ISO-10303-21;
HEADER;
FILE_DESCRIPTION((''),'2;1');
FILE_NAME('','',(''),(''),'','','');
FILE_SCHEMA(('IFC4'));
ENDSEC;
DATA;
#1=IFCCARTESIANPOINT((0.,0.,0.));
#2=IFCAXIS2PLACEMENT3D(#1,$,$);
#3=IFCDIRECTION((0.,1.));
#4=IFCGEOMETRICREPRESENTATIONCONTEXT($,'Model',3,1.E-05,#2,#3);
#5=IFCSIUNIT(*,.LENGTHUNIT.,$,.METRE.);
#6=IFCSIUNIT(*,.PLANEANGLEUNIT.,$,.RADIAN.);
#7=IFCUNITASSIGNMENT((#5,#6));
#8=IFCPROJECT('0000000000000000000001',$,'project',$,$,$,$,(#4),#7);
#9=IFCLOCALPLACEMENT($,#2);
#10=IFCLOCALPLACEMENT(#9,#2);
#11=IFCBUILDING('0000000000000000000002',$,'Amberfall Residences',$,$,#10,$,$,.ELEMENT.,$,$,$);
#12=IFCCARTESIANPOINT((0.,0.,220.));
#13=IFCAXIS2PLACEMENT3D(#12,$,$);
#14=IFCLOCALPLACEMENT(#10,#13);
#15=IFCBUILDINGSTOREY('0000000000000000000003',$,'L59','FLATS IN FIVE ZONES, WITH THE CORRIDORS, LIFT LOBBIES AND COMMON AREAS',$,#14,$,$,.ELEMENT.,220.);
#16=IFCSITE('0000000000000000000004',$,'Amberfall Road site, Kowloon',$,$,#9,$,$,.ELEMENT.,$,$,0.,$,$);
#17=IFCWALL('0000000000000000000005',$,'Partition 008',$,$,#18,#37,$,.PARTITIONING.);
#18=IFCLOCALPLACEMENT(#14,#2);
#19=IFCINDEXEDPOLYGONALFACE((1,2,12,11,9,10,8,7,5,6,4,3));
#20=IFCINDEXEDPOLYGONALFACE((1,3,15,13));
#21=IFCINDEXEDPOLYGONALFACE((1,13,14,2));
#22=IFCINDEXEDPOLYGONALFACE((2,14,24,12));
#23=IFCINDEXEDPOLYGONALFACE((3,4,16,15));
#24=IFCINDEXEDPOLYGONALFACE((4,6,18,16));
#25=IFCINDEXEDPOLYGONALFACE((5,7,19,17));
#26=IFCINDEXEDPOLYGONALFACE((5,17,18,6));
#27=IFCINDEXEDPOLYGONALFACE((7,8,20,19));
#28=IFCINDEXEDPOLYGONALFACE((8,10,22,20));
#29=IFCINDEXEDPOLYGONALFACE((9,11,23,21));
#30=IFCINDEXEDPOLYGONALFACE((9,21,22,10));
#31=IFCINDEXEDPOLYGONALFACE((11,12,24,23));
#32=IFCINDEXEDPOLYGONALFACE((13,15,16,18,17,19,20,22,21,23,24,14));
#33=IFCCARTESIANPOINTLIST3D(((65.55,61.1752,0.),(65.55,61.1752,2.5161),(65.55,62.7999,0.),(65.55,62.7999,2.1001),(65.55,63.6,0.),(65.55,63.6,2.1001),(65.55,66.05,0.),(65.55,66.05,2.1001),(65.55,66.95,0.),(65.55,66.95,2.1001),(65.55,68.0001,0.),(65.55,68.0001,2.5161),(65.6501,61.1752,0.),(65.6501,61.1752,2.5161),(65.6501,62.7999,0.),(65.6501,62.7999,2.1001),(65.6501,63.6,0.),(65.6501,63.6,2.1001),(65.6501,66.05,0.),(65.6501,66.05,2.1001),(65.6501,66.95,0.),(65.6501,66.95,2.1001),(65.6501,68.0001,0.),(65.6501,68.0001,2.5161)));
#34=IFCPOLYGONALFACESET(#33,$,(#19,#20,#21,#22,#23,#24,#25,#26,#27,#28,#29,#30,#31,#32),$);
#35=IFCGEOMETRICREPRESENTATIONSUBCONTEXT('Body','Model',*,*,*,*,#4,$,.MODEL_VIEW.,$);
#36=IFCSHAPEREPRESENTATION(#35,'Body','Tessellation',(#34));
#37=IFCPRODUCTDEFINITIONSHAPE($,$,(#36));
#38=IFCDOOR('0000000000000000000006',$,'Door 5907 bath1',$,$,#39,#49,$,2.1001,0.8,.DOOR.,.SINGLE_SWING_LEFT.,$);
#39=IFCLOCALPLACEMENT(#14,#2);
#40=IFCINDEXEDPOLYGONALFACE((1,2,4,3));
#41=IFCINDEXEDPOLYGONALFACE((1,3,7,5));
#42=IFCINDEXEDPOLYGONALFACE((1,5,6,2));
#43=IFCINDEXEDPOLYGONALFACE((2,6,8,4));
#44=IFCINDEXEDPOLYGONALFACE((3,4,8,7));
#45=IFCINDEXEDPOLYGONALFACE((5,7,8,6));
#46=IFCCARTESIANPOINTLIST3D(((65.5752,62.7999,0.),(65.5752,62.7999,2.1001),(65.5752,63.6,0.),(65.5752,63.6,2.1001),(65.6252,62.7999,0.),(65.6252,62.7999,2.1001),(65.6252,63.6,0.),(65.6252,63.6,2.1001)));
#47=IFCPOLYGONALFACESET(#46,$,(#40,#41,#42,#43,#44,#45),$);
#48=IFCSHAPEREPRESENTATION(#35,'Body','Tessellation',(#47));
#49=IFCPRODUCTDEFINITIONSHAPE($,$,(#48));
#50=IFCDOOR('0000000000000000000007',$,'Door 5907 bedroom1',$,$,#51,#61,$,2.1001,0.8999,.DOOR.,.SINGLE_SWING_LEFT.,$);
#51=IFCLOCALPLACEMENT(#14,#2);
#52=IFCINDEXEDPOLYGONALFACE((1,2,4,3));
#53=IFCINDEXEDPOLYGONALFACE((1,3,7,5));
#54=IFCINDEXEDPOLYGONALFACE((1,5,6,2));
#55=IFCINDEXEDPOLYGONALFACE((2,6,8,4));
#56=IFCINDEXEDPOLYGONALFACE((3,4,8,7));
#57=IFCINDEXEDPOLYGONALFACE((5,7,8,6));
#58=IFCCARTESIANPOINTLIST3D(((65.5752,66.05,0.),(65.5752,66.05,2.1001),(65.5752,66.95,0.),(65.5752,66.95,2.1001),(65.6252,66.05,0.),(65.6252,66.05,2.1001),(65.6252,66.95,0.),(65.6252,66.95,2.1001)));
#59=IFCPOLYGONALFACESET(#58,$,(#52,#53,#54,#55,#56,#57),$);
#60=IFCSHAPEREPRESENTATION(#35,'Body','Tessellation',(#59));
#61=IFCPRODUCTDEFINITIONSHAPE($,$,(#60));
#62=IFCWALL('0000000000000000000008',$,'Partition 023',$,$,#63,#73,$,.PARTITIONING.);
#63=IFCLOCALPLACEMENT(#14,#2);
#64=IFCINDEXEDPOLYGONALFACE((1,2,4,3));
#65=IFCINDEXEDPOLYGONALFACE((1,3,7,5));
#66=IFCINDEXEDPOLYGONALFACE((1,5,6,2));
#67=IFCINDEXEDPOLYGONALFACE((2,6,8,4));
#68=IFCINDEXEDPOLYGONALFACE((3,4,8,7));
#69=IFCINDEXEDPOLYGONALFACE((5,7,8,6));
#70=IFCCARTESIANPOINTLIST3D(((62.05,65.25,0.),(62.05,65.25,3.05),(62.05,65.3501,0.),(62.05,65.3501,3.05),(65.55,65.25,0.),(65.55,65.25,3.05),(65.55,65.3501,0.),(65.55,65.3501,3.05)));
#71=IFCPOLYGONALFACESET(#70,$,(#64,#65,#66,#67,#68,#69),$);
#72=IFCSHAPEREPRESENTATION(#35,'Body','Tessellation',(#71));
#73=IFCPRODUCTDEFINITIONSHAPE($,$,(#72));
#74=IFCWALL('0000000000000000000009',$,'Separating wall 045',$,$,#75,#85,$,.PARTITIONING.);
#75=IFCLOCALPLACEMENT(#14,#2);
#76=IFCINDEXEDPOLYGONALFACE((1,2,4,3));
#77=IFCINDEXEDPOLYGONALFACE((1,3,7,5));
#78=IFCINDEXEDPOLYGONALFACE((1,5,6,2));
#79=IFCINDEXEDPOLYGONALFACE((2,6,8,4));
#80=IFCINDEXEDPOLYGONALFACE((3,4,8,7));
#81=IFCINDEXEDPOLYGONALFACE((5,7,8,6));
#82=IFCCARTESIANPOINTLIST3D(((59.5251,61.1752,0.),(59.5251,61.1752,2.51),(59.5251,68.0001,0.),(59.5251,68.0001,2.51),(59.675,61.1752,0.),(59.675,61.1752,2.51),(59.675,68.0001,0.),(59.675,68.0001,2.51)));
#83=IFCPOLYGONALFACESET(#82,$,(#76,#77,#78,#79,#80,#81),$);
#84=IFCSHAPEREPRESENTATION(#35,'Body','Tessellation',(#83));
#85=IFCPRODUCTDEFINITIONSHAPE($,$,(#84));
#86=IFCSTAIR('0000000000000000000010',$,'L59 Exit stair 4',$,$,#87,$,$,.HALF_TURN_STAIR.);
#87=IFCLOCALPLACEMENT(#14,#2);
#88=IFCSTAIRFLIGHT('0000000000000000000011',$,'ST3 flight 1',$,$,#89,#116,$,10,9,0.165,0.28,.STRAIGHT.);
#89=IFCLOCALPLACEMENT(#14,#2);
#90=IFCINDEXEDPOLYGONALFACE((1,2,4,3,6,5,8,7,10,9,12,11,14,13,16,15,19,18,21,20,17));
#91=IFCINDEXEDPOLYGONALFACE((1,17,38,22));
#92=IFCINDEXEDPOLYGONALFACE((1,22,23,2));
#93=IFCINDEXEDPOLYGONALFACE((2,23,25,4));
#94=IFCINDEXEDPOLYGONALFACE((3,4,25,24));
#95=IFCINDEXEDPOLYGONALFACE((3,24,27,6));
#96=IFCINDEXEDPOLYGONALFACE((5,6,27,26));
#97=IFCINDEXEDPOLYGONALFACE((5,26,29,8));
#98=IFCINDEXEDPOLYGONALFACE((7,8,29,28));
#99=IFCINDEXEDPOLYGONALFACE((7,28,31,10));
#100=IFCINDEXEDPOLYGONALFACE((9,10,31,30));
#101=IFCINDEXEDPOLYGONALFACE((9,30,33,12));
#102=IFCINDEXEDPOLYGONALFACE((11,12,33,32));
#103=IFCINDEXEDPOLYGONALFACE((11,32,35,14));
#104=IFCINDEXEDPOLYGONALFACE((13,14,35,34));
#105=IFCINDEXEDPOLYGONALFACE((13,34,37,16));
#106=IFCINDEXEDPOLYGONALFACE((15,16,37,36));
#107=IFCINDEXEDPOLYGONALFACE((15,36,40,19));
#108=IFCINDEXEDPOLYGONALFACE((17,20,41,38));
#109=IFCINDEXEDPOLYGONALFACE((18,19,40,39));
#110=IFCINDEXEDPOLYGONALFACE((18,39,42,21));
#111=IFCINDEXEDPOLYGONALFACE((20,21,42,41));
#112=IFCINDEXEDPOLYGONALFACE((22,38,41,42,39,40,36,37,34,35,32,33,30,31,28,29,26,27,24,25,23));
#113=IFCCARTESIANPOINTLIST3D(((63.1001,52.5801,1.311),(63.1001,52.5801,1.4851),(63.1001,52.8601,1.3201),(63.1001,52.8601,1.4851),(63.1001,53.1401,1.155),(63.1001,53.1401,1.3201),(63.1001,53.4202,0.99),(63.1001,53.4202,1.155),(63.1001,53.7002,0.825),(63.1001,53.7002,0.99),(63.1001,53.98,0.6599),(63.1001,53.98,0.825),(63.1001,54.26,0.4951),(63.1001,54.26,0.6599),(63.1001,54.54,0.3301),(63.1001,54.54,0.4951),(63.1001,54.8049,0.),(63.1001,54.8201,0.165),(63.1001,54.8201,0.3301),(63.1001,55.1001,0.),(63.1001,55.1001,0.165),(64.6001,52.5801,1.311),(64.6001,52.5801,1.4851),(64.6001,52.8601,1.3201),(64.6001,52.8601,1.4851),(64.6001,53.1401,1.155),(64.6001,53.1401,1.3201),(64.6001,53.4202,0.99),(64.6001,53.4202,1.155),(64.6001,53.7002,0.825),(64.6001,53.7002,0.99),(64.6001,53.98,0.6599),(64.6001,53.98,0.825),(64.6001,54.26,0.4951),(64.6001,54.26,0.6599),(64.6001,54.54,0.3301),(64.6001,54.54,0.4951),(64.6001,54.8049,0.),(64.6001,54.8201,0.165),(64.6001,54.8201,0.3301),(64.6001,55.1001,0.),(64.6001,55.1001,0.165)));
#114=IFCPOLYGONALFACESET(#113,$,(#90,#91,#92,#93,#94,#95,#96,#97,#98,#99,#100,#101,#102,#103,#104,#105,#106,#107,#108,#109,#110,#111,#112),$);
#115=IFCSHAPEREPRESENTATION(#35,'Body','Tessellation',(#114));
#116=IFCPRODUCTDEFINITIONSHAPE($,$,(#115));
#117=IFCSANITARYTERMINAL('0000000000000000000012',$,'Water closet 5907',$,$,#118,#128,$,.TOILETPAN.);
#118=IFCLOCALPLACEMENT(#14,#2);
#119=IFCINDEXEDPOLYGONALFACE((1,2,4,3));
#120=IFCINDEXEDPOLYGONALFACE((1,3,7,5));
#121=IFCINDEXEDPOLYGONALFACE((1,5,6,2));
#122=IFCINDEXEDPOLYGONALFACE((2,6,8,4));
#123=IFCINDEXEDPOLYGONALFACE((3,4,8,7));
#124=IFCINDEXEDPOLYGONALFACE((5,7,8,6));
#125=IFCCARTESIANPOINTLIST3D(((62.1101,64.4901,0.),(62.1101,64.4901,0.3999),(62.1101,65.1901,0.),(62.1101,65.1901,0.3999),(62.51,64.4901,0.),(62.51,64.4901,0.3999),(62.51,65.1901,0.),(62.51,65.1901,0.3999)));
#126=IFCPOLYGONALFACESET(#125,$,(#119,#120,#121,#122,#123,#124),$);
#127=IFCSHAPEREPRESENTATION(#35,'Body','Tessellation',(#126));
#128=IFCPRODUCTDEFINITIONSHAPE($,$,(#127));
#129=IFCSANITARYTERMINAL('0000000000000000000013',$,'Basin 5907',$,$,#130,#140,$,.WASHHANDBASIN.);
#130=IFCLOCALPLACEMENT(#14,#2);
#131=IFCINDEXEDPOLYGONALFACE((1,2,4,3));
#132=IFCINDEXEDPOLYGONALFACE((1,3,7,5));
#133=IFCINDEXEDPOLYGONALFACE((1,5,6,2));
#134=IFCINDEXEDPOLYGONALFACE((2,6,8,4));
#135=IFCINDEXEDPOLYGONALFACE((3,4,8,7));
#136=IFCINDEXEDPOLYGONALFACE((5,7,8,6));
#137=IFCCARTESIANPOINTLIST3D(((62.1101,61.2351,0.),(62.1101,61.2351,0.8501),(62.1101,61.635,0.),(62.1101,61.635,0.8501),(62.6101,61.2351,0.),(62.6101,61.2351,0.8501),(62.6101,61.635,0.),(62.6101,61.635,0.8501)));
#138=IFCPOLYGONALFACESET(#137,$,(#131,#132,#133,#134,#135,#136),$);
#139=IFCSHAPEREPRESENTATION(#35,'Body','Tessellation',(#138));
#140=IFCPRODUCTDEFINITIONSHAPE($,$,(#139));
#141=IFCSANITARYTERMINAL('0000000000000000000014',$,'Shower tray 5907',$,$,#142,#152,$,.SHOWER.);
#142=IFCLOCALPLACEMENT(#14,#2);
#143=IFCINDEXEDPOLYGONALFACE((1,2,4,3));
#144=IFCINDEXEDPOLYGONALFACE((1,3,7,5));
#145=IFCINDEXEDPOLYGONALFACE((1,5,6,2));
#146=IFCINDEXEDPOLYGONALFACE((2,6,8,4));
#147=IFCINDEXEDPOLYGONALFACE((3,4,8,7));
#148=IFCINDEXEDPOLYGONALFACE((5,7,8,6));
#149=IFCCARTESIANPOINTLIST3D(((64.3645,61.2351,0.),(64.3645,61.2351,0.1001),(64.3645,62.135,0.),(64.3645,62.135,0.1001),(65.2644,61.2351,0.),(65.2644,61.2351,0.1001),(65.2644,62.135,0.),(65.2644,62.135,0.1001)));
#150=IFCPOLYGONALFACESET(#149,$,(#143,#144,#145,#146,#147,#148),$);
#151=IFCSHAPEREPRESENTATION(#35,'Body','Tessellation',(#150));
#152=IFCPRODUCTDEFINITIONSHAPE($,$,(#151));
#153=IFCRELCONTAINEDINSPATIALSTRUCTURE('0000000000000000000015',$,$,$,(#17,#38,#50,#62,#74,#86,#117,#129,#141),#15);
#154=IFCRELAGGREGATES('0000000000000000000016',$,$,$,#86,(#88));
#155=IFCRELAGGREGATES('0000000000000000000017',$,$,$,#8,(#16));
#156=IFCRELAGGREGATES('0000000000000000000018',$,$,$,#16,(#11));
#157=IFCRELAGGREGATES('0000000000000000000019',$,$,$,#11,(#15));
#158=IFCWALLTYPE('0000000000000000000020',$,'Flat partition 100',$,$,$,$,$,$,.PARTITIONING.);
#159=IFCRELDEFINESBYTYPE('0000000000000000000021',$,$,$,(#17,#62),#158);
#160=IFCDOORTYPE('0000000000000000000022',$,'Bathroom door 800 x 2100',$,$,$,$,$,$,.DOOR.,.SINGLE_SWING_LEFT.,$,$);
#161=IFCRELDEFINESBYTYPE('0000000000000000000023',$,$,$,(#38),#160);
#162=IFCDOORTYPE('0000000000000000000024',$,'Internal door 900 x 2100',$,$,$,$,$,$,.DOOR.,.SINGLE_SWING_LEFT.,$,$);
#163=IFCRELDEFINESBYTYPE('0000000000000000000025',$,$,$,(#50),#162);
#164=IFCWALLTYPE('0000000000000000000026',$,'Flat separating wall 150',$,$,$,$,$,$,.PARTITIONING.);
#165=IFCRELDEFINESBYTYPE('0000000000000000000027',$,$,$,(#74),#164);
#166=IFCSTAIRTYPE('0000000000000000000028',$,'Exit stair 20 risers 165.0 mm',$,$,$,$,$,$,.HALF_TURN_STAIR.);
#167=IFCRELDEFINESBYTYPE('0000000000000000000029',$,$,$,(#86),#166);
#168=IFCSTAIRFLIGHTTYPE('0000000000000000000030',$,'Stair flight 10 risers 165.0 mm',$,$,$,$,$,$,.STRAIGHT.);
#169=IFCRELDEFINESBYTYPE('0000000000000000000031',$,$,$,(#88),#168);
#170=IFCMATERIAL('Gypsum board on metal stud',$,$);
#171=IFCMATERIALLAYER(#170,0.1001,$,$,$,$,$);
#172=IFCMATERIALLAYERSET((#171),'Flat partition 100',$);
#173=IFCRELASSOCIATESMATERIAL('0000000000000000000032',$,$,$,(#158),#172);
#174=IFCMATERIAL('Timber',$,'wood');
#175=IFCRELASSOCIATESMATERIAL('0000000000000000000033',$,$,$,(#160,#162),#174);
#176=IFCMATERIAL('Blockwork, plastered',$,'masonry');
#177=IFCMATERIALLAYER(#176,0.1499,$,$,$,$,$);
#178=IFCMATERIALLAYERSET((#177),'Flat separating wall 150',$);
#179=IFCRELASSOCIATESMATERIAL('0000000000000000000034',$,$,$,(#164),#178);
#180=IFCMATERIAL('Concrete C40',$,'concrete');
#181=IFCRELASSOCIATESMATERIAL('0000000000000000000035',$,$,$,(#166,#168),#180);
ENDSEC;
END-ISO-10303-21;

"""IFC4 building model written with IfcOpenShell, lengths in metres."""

from ifc_helpers import new_model, si_unit, direction, frame, frame_2d, origin, origin_2d, place, context, subcontext, project, spatial, polyline, rectangle, outline, extrude, material, layer, layer_set, type_object, element, fill, aggregate, save


model = new_model("IFC4")

# Units and contexts
model_context = context("Model", 3, precision=1e-05, world=origin(), true_north=direction((0.0, 1.0)))
body_context = subcontext(model_context, "Body", "Model", "MODEL_VIEW")
ifc_project = project(units=[si_unit("LENGTHUNIT", "METRE"), si_unit("PLANEANGLEUNIT", "RADIAN")], contexts=[model_context])

# Site, building, storey
site_placement = place(None, origin())
site = spatial("IfcSite", under=ifc_project, at=site_placement, Name="Amberfall Road site, Kowloon", CompositionType="ELEMENT", RefElevation=0.0)
building_placement = place(site_placement, origin())
building = spatial("IfcBuilding", under=site, at=building_placement, Name="Amberfall Residences", CompositionType="ELEMENT")
storey_placement = place(building_placement, frame((0.0, 0.0, 220.0)))
storey = spatial("IfcBuildingStorey", under=building, at=storey_placement, Name="L59", Description="FLATS IN FIVE ZONES, WITH THE CORRIDORS, LIFT LOBBIES AND COMMON AREAS", CompositionType="ELEMENT", Elevation=220.0)

# Shared definitions
ifc_material_1 = material(Name="Gypsum board on metal stud")
ifc_layer_1 = layer(ifc_material_1, 0.1001)
ifc_layer_set_1 = layer_set([ifc_layer_1], Name="Flat partition 100")
wall_type_1 = type_object("IfcWallType", Name="Flat partition 100", PredefinedType="PARTITIONING", material=ifc_layer_set_1)

# Wall, openings, doors
wall_1_placement = place(storey_placement, frame((65.6001, 61.175, 0.0), z_axis=(0.0, 0.0, 1.0), x_axis=(0.0, 1.0, 0.0)))
wall_1 = element("IfcWall", 1, at=wall_1_placement, inside=storey, type_object=wall_type_1, Name="Partition 008", PredefinedType="PARTITIONING", context=body_context, shape_type="SweptSolid", body=[
    extrude(rectangle(XDim=6.825, YDim=0.1001, at=frame_2d((3.4126, 0.0))), origin(), (0.0, 0.0, 1.0), 2.5161),
])
opening_1_placement = place(wall_1_placement, frame((4.875, 0.0, 0.0)))
opening_1 = element("IfcOpeningElement", 2, at=opening_1_placement, cuts=wall_1, PredefinedType="OPENING", context=body_context, shape_type="SweptSolid", body=[
    extrude(rectangle(XDim=0.8999, YDim=2.1001, at=frame_2d((0.45, 1.05))), frame((0.0, 0.0601, 0.0), z_axis=(0.0, -1.0, 0.0), x_axis=(1.0, 0.0, 0.0)), (0.0, 0.0, 1.0), 0.1201),
])
opening_2_placement = place(wall_1_placement, frame((1.625, 0.0, 0.0)))
opening_2 = element("IfcOpeningElement", 3, at=opening_2_placement, cuts=wall_1, PredefinedType="OPENING", context=body_context, shape_type="SweptSolid", body=[
    extrude(rectangle(XDim=0.8, YDim=2.1001, at=frame_2d((0.3999, 1.05))), frame((0.0, 0.0601, 0.0), z_axis=(0.0, -1.0, 0.0), x_axis=(1.0, 0.0, 0.0)), (0.0, 0.0, 1.0), 0.1201),
])
ifc_material_2 = material(Name="Timber", Category="wood")
door_type_1 = type_object("IfcDoorType", Name="Bathroom door 800 x 2100", OperationType="SINGLE_SWING_LEFT", PredefinedType="DOOR", material=ifc_material_2)
door_1_placement = place(opening_2_placement, origin())
door_1 = element("IfcDoor", 4, at=door_1_placement, inside=storey, type_object=door_type_1, Name="Door 5907 bath1", OperationType="SINGLE_SWING_LEFT", OverallHeight=2.1001, OverallWidth=0.8, PredefinedType="DOOR", context=body_context, shape_type="SweptSolid", body=[
    extrude(rectangle(XDim=0.8, YDim=2.1001, at=frame_2d((0.3999, 1.05))), frame((0.0, 0.0249, 0.0), z_axis=(0.0, -1.0, 0.0), x_axis=(1.0, 0.0, 0.0)), (0.0, 0.0, 1.0), 0.05),
])
fill(opening_2, door_1)
door_type_2 = type_object("IfcDoorType", Name="Internal door 900 x 2100", OperationType="SINGLE_SWING_LEFT", PredefinedType="DOOR", material=ifc_material_2)
door_2_placement = place(opening_1_placement, origin())
door_2 = element("IfcDoor", 5, at=door_2_placement, inside=storey, type_object=door_type_2, Name="Door 5907 bedroom1", OperationType="SINGLE_SWING_LEFT", OverallHeight=2.1001, OverallWidth=0.8999, PredefinedType="DOOR", context=body_context, shape_type="SweptSolid", body=[
    extrude(rectangle(XDim=0.8999, YDim=2.1001, at=frame_2d((0.45, 1.05))), frame((0.0, 0.0249, 0.0), z_axis=(0.0, -1.0, 0.0), x_axis=(1.0, 0.0, 0.0)), (0.0, 0.0, 1.0), 0.05),
])
fill(opening_1, door_2)

# Walls
wall_2_placement = place(storey_placement, frame((62.05, 65.3, 0.0), z_axis=(0.0, 0.0, 1.0), x_axis=(1.0, 0.0, 0.0)))
element("IfcWall", 6, at=wall_2_placement, inside=storey, type_object=wall_type_1, Name="Partition 023", PredefinedType="PARTITIONING", context=body_context, shape_type="SweptSolid", body=[
    extrude(rectangle(XDim=3.5, YDim=0.1001, at=frame_2d((1.75, 0.0))), origin(), (0.0, 0.0, 1.0), 3.05),
])
ifc_material_3 = material(Name="Blockwork, plastered", Category="masonry")
ifc_layer_2 = layer(ifc_material_3, 0.1499)
ifc_layer_set_2 = layer_set([ifc_layer_2], Name="Flat separating wall 150")
wall_type_2 = type_object("IfcWallType", Name="Flat separating wall 150", PredefinedType="PARTITIONING", material=ifc_layer_set_2)
wall_3_placement = place(storey_placement, frame((59.6001, 61.175, 0.0), z_axis=(0.0, 0.0, 1.0), x_axis=(0.0, 1.0, 0.0)))
element("IfcWall", 7, at=wall_3_placement, inside=storey, type_object=wall_type_2, Name="Separating wall 045", PredefinedType="PARTITIONING", context=body_context, shape_type="SweptSolid", body=[
    extrude(rectangle(XDim=6.825, YDim=0.1499, at=frame_2d((3.4126, 0.0))), origin(), (0.0, 0.0, 1.0), 2.51),
])

# Stair, stair flight
ifc_material_4 = material(Name="Concrete C40", Category="concrete")
stair_type = type_object("IfcStairType", Name="Exit stair 20 risers 165.0 mm", PredefinedType="HALF_TURN_STAIR", material=ifc_material_4)
stair_placement = place(storey_placement, origin())
stair = element("IfcStair", 8, at=stair_placement, inside=storey, type_object=stair_type, Name="L59 Exit stair 4", PredefinedType="HALF_TURN_STAIR")
stair_flight_type = type_object("IfcStairFlightType", Name="Stair flight 10 risers 165.0 mm", PredefinedType="STRAIGHT", material=ifc_material_4)
stair_flight_placement = place(storey_placement, frame((63.8501, 55.1001, 0.0), z_axis=(0.0, 0.0, 1.0), x_axis=(0.0, -1.0, 0.0)))
stair_flight = element("IfcStairFlight", 9, at=stair_flight_placement, type_object=stair_flight_type, Name="ST3 flight 1", NumberOfRisers=10, NumberOfTreads=9, PredefinedType="STRAIGHT", RiserHeight=0.165, TreadLength=0.28, context=body_context, shape_type="SweptSolid", body=[
    extrude(outline(polyline([(0.0, 0.0), (0.0, 0.165), (0.28, 0.165), (0.28, 0.3301), (0.5601, 0.3301), (0.5601, 0.4951), (0.8401, 0.4951), (0.8401, 0.6599), (1.1201, 0.6599), (1.1201, 0.825), (1.3999, 0.825), (1.3999, 0.99), (1.6799, 0.99), (1.6799, 1.155), (1.96, 1.155), (1.96, 1.3201), (2.24, 1.3201), (2.24, 1.4851), (2.52, 1.4851), (2.52, 1.6499), (2.52, 1.311), (0.2952, 0.0), (0.0, 0.0)])), frame((0.0, 0.75, 0.0), z_axis=(0.0, -1.0, 0.0), x_axis=(1.0, 0.0, 0.0)), (0.0, 0.0, 1.0), 1.5),
])
aggregate(stair, [stair_flight])

# Sanitary terminals
sanitary_terminal_1_placement = place(storey_placement, frame((62.3101, 64.8401, 0.0), z_axis=(0.0, 0.0, 1.0), x_axis=(1.0, 0.0, 0.0)))
element("IfcSanitaryTerminal", 10, at=sanitary_terminal_1_placement, inside=storey, Name="Water closet 5907", PredefinedType="TOILETPAN", context=body_context, shape_type="SweptSolid", body=[
    extrude(rectangle(XDim=0.3999, YDim=0.7, at=origin_2d()), origin(), (0.0, 0.0, 1.0), 0.3999),
])
sanitary_terminal_2_placement = place(storey_placement, frame((62.3601, 61.4351, 0.0), z_axis=(0.0, 0.0, 1.0), x_axis=(1.0, 0.0, 0.0)))
element("IfcSanitaryTerminal", 11, at=sanitary_terminal_2_placement, inside=storey, Name="Basin 5907", PredefinedType="WASHHANDBASIN", context=body_context, shape_type="SweptSolid", body=[
    extrude(rectangle(XDim=0.5, YDim=0.3999, at=origin_2d()), origin(), (0.0, 0.0, 1.0), 0.8501),
])
sanitary_terminal_3_placement = place(storey_placement, frame((64.8145, 61.6851, 0.0), z_axis=(0.0, 0.0, 1.0), x_axis=(1.0, 0.0, 0.0)))
element("IfcSanitaryTerminal", 12, at=sanitary_terminal_3_placement, inside=storey, Name="Shower tray 5907", PredefinedType="SHOWER", context=body_context, shape_type="SweptSolid", body=[
    extrude(rectangle(XDim=0.8999, YDim=0.8999, at=origin_2d()), origin(), (0.0, 0.0, 1.0), 0.1001),
])

save(model, "model.ifc")
